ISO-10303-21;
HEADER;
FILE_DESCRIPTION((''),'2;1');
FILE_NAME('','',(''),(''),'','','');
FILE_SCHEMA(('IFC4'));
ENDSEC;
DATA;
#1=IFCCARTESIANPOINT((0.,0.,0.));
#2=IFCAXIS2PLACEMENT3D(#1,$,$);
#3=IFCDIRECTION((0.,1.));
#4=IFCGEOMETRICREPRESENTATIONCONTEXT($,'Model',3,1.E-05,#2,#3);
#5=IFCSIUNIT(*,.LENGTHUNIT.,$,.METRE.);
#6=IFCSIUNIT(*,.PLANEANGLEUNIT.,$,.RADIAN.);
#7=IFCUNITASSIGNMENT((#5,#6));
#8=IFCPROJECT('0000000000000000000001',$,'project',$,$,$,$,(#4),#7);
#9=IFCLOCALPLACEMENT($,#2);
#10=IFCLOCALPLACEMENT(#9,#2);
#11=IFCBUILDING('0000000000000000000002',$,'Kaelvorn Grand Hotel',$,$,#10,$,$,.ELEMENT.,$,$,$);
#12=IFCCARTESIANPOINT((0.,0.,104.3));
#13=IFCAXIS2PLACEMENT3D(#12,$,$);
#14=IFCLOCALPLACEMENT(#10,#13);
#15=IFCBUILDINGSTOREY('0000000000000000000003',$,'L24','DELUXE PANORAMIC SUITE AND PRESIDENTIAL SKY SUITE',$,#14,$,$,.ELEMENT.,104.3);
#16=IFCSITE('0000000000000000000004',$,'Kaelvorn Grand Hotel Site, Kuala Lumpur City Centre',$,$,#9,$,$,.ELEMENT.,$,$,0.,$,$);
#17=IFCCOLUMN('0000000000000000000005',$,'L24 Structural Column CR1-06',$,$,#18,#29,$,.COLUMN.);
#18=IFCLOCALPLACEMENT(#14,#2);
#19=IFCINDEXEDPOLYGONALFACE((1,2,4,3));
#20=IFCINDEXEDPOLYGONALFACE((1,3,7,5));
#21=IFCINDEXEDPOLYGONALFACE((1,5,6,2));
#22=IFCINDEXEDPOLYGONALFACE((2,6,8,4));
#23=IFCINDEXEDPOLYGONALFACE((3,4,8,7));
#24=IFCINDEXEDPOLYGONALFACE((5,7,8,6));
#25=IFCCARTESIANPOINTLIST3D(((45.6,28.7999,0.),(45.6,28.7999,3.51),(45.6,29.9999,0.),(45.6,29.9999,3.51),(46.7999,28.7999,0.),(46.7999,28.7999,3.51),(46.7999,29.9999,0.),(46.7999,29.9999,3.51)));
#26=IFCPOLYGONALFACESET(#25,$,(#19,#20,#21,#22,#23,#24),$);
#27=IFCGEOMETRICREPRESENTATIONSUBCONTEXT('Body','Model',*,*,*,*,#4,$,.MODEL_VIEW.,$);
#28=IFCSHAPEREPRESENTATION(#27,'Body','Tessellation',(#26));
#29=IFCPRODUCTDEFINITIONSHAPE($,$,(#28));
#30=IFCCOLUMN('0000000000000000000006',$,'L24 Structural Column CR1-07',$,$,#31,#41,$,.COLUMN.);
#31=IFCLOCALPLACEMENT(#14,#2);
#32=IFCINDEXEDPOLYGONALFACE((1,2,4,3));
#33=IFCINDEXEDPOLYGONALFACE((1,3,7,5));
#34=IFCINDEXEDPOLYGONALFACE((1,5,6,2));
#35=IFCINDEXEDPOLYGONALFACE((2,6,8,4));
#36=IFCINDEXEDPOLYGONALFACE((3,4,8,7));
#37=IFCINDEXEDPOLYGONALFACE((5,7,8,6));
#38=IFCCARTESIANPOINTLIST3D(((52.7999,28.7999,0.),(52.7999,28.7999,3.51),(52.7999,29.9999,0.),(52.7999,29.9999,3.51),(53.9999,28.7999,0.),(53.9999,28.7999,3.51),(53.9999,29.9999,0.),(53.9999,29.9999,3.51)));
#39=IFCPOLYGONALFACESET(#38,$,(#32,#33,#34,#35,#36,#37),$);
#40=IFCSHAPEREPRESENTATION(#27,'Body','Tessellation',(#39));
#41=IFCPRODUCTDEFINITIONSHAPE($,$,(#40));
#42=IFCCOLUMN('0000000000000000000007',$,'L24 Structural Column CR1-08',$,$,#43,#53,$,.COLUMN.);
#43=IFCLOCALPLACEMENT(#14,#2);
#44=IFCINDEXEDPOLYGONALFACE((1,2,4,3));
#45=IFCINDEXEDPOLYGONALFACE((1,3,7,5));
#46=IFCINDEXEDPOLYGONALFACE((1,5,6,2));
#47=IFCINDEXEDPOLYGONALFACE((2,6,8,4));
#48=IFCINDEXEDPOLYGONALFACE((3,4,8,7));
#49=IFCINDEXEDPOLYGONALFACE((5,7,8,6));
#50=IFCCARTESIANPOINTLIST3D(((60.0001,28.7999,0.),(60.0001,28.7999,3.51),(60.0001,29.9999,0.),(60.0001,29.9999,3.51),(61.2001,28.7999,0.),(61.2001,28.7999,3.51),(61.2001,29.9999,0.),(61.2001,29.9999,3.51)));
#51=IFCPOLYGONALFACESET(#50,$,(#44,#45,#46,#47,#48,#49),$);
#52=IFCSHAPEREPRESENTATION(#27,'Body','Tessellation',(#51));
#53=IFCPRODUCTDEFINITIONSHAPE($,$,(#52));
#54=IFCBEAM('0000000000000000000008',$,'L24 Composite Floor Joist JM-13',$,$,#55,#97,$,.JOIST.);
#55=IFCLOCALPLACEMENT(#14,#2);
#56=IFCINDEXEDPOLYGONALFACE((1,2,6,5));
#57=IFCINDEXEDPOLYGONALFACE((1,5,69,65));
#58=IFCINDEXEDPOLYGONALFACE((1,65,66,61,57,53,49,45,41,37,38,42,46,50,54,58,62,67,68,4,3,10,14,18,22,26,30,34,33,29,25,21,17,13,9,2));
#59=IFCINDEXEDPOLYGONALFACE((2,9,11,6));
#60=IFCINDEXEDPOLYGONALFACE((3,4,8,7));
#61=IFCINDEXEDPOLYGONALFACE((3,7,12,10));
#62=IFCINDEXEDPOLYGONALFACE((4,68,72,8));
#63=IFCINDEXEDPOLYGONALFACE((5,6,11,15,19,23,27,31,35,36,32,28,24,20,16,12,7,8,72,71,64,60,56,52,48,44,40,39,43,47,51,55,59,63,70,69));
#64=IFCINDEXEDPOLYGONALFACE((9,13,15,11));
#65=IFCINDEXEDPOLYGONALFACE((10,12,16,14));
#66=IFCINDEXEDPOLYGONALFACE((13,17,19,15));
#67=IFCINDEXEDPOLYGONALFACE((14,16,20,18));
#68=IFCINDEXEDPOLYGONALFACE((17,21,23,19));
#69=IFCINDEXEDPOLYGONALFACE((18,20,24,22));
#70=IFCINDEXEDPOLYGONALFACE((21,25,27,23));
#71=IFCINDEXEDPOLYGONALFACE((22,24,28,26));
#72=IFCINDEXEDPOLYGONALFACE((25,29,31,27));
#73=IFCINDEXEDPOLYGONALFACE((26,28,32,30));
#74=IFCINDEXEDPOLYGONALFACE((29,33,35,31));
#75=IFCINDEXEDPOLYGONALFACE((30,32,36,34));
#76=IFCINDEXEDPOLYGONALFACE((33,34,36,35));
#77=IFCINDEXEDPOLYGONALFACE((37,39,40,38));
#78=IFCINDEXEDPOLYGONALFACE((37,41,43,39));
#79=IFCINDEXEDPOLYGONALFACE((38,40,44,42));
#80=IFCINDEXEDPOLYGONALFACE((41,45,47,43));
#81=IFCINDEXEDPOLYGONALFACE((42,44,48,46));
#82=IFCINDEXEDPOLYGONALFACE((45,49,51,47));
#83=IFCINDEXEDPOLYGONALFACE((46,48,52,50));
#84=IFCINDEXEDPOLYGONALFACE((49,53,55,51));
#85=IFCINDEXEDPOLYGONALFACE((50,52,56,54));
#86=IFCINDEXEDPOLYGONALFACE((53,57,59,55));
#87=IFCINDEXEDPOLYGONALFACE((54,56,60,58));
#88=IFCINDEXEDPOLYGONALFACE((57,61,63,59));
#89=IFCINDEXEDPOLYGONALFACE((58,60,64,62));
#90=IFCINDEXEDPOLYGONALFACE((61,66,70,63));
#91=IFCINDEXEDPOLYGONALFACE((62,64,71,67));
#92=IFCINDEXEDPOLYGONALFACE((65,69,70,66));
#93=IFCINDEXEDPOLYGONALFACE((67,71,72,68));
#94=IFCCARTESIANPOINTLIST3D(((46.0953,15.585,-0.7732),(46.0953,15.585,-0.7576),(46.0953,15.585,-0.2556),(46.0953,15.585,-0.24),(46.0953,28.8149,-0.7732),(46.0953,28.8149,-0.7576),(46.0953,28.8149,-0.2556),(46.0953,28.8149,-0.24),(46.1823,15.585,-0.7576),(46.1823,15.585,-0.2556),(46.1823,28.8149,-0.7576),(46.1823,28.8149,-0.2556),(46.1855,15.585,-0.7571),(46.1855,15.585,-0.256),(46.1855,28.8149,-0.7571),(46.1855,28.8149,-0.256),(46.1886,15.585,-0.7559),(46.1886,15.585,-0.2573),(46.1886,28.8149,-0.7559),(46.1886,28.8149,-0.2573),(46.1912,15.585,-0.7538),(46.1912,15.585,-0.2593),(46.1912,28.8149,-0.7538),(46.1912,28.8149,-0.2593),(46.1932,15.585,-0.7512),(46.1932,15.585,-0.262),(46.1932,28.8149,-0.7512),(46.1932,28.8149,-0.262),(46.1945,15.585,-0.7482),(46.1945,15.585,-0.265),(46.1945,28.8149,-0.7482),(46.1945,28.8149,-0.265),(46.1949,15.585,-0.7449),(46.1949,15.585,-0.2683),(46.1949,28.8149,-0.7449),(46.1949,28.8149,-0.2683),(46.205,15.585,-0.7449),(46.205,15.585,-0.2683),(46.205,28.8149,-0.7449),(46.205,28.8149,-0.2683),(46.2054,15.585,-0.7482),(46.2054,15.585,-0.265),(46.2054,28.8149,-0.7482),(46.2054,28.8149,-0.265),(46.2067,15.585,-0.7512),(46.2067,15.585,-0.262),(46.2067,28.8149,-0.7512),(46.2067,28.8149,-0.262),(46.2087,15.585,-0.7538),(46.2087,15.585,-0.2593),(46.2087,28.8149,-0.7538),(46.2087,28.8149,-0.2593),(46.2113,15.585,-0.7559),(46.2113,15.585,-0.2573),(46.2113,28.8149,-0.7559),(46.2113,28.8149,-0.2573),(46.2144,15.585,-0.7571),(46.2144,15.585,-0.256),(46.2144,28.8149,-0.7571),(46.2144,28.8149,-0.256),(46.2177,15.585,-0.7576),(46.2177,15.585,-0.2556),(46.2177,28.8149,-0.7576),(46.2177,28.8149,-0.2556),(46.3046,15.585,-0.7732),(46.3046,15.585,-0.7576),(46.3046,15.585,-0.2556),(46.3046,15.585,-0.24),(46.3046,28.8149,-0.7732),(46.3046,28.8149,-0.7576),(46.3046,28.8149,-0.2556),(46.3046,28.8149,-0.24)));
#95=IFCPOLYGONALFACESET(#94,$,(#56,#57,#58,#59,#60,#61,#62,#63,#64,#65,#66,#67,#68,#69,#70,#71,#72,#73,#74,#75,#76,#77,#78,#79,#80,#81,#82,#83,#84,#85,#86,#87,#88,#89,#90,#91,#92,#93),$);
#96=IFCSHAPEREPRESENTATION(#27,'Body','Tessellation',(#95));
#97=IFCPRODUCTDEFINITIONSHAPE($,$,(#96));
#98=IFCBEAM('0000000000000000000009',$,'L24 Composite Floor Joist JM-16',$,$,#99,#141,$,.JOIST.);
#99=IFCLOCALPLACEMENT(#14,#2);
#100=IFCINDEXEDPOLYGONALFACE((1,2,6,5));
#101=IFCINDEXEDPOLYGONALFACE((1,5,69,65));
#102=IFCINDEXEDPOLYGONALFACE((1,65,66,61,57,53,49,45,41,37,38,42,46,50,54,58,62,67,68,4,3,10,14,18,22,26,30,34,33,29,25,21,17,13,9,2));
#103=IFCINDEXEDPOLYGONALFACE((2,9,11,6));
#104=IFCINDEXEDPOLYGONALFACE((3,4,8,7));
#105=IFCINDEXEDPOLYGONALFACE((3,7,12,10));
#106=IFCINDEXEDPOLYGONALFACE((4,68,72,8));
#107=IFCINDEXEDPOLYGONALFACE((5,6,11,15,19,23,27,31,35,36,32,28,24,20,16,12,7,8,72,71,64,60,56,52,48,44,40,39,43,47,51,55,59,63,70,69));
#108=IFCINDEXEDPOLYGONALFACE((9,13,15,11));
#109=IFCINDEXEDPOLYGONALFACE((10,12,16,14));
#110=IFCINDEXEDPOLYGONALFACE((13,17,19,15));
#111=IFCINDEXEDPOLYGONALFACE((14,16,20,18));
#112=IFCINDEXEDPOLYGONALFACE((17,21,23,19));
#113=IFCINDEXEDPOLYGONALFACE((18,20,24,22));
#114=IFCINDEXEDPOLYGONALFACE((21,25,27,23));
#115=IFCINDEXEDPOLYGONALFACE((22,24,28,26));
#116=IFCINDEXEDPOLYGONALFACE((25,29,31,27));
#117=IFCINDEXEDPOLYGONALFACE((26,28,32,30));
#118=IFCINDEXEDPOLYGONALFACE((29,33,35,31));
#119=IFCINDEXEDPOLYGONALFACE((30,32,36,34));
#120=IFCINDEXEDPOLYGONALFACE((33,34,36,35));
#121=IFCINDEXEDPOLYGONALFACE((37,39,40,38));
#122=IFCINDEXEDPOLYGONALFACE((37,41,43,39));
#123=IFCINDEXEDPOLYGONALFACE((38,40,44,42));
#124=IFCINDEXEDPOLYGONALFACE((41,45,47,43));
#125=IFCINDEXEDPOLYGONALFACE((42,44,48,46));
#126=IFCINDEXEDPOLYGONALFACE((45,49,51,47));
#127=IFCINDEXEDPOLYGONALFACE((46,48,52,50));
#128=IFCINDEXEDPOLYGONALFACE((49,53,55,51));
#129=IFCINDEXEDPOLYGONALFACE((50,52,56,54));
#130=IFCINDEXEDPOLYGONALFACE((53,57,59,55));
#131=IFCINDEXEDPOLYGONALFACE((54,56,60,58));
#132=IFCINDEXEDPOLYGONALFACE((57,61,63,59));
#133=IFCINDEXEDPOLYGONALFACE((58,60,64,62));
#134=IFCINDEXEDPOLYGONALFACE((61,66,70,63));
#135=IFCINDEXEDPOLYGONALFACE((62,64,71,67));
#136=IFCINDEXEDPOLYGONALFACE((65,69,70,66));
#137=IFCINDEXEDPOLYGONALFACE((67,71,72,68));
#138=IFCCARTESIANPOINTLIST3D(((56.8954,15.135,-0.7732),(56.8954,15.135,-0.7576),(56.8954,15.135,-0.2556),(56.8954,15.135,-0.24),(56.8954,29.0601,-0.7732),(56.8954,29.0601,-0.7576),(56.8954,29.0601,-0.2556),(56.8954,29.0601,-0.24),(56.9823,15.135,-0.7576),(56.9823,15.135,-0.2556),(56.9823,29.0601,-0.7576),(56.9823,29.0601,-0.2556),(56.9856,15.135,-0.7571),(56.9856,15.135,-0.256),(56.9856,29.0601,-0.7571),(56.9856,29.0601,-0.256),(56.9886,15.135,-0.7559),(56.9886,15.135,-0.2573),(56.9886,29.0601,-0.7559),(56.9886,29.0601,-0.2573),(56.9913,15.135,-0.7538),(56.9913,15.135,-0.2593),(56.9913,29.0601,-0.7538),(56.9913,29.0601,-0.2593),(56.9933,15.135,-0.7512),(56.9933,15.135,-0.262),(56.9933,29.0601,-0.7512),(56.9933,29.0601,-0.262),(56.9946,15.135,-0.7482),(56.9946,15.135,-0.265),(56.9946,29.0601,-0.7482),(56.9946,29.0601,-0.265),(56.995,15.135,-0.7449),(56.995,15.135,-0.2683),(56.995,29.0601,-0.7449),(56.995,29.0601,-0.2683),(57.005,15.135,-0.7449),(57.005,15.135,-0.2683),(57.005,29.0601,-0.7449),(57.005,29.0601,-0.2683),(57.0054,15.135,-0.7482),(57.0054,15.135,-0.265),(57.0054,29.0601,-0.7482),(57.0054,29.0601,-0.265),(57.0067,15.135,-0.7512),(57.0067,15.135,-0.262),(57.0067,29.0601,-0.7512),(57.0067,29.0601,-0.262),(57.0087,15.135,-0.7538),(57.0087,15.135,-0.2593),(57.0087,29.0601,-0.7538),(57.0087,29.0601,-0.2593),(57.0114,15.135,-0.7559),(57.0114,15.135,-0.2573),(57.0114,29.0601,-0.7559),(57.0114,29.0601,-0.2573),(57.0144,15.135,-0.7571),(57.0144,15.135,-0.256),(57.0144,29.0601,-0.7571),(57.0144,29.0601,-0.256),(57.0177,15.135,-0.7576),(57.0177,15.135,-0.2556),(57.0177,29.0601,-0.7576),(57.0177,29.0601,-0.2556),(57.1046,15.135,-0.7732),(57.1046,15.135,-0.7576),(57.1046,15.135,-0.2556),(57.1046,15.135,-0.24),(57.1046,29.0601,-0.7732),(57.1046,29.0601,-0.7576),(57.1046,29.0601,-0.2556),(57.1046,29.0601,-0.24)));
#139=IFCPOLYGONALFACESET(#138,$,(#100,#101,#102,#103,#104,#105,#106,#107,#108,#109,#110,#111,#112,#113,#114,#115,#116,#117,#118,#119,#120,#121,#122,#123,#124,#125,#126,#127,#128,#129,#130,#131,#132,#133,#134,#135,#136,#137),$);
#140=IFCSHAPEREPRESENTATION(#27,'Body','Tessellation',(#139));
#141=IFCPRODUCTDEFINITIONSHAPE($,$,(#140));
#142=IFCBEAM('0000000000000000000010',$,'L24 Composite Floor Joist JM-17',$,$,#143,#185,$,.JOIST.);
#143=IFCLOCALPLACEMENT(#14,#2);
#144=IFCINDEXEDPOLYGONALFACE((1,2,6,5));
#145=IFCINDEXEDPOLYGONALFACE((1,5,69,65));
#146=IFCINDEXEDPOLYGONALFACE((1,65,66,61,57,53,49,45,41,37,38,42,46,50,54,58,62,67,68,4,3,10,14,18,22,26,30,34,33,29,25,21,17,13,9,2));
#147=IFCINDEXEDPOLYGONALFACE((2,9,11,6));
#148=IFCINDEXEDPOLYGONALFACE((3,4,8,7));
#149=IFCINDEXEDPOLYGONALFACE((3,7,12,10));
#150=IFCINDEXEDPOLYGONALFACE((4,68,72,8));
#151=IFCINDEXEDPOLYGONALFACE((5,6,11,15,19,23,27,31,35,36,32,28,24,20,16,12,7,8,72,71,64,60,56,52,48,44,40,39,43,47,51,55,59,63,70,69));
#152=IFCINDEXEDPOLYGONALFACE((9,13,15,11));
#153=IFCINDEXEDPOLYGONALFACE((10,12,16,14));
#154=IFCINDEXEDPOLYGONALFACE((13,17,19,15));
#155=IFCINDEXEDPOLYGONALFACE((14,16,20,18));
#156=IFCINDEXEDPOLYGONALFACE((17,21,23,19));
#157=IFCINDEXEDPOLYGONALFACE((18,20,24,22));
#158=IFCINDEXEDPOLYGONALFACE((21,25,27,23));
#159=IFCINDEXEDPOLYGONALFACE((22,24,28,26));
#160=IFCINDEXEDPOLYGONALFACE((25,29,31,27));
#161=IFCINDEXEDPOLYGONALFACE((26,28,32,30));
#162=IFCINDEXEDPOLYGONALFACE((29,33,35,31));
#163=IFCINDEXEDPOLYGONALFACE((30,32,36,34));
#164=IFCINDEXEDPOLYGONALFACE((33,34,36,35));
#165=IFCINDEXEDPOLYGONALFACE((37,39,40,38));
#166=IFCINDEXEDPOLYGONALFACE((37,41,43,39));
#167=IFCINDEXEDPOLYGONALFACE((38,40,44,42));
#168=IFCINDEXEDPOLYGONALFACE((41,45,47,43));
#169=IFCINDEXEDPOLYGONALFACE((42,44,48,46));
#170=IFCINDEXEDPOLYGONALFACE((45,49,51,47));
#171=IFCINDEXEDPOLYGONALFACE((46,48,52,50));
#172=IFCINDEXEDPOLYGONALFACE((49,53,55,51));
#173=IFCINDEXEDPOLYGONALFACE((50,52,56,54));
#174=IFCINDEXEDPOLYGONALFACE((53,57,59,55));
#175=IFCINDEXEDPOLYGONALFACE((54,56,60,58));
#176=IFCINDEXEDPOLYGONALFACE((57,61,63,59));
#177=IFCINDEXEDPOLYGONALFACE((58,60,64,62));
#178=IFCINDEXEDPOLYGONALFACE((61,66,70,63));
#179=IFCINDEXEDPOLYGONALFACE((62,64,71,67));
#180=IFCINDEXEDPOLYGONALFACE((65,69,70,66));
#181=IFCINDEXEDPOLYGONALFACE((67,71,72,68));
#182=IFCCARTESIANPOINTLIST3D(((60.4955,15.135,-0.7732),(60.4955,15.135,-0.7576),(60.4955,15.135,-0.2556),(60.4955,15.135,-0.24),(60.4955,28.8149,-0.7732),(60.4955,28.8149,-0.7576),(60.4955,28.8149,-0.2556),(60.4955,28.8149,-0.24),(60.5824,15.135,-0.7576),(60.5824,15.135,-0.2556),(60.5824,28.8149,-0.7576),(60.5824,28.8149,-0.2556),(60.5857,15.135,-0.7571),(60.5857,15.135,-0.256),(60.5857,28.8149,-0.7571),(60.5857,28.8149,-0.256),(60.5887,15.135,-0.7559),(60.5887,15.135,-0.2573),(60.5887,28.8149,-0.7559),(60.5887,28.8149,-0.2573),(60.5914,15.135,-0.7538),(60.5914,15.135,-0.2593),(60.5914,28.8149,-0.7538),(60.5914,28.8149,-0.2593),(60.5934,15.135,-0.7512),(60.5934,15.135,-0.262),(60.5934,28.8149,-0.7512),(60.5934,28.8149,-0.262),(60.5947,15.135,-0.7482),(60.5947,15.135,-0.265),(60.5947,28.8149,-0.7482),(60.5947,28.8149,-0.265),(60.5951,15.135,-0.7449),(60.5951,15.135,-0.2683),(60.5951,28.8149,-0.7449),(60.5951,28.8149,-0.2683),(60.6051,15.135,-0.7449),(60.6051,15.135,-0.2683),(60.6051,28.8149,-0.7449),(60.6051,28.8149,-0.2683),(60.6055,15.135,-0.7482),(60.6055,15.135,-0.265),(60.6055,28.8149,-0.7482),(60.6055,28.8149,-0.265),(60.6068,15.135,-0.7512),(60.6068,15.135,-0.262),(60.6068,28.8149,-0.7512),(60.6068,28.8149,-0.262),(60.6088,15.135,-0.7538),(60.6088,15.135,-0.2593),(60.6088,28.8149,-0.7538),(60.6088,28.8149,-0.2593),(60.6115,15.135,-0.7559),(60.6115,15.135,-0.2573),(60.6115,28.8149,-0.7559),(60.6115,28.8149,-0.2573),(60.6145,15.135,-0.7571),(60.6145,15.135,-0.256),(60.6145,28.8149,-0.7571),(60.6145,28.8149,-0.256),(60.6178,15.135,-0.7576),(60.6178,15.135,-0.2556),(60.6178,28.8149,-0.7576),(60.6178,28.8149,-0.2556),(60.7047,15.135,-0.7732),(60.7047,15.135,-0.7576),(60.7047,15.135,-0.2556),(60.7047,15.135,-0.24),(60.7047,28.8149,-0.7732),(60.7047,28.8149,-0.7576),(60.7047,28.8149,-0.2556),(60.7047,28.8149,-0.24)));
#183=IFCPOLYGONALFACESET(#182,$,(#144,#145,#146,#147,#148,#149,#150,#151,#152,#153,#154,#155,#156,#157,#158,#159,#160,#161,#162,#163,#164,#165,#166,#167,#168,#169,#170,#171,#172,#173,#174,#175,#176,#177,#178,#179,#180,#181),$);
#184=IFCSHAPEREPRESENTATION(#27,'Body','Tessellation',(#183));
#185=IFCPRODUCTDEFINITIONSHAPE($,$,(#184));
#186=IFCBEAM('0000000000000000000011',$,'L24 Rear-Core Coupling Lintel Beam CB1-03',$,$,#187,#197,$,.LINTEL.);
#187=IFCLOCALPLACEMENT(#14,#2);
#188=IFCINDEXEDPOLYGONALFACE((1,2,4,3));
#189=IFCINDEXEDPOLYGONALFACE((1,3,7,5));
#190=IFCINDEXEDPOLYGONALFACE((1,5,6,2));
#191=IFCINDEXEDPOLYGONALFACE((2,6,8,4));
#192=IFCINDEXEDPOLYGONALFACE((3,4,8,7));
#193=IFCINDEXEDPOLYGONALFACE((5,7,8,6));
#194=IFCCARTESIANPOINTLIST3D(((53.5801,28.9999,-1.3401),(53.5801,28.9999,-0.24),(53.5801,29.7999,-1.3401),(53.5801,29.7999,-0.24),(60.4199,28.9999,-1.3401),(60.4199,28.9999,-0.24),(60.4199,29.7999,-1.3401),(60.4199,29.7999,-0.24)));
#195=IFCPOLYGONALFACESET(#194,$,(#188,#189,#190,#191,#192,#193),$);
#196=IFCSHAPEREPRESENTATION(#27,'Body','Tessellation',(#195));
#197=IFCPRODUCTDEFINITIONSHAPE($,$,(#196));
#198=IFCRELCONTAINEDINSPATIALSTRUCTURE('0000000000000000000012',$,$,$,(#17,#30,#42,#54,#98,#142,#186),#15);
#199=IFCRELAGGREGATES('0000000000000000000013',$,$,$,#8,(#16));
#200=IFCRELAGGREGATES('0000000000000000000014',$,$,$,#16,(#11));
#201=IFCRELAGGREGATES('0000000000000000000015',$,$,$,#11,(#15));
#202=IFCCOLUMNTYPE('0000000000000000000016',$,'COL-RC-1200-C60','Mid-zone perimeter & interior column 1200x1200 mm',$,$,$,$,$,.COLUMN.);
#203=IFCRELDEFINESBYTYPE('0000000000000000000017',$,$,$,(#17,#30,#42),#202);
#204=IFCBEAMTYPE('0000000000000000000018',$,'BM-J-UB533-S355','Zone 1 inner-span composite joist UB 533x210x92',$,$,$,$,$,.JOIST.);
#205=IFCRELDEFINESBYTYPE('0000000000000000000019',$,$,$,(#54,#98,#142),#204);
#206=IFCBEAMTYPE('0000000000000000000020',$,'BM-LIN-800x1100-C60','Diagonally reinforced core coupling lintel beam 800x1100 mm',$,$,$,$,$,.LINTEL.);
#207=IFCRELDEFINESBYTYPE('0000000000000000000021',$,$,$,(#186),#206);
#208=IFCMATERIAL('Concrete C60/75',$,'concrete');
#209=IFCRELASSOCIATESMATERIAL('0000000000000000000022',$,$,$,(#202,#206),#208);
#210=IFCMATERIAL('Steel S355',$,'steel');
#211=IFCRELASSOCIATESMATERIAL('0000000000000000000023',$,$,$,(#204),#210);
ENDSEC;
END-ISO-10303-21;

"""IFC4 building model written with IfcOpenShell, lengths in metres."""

from ifc_helpers import new_model, si_unit, direction, frame, origin, origin_2d, place, context, subcontext, project, spatial, rectangle, i_section, extrude, material, material_profile, profile_set, type_object, element, save


model = new_model("IFC4")

# Units and contexts
model_context = context("Model", 3, precision=1e-05, world=origin(), true_north=direction((0.0, 1.0)))
body_context = subcontext(model_context, "Body", "Model", "MODEL_VIEW")
ifc_project = project(units=[si_unit("LENGTHUNIT", "METRE"), si_unit("PLANEANGLEUNIT", "RADIAN")], contexts=[model_context])

# Site, building, storey
site_placement = place(None, origin())
site = spatial("IfcSite", under=ifc_project, at=site_placement, Name="Kaelvorn Grand Hotel Site, Kuala Lumpur City Centre", CompositionType="ELEMENT", RefElevation=0.0)
building_placement = place(site_placement, origin())
building = spatial("IfcBuilding", under=site, at=building_placement, Name="Kaelvorn Grand Hotel", CompositionType="ELEMENT")
storey_placement = place(building_placement, frame((0.0, 0.0, 104.3)))
storey = spatial("IfcBuildingStorey", under=building, at=storey_placement, Name="L24", Description="DELUXE PANORAMIC SUITE AND PRESIDENTIAL SKY SUITE", CompositionType="ELEMENT", Elevation=104.3)

# Columns
ifc_material_1 = material(Name="Concrete C60/75", Category="concrete")
ifc_material_profile_1 = material_profile(ifc_material_1, rectangle(XDim=1.2, YDim=1.2, at=origin_2d()), Name="RC COL 1200x1200")
ifc_profile_set_1 = profile_set([ifc_material_profile_1], Name="Concrete C60/75")
column_type = type_object("IfcColumnType", Name="COL-RC-1200-C60", Description="Mid-zone perimeter & interior column 1200x1200 mm", PredefinedType="COLUMN", material=ifc_profile_set_1)
for number, where, z_axis, x_axis, name in (
    (1, (46.2, 29.3999, 0.0), (0.0, 0.0, 1.0), (1.0, 0.0, 0.0), "L24 Structural Column CR1-06"),
    (2, (53.3999, 29.3999, 0.0), (0.0, 0.0, 1.0), (1.0, 0.0, 0.0), "L24 Structural Column CR1-07"),
    (3, (60.6001, 29.3999, 0.0), (0.0, 0.0, 1.0), (1.0, 0.0, 0.0), "L24 Structural Column CR1-08"),
):
    element("IfcColumn", number, at=place(storey_placement, frame(where, z_axis=z_axis, x_axis=x_axis)), inside=storey, type_object=column_type, Name=name, PredefinedType="COLUMN", context=body_context, shape_type="SweptSolid", body=[
        extrude(rectangle(XDim=1.2, YDim=1.2, at=origin_2d()), origin(), (0.0, 0.0, 1.0), 3.51),
    ])

# Beams
ifc_material_2 = material(Name="Steel S355", Category="steel")
ifc_material_profile_2 = material_profile(ifc_material_2, i_section(OverallWidth=0.2092, OverallDepth=0.5332, WebThickness=0.01, FlangeThickness=0.0156, FilletRadius=0.0127, at=origin_2d()), Name="UB 533x210x92")
ifc_profile_set_2 = profile_set([ifc_material_profile_2], Name="Steel S355")
beam_type_1 = type_object("IfcBeamType", Name="BM-J-UB533-S355", Description="Zone 1 inner-span composite joist UB 533x210x92", PredefinedType="JOIST", material=ifc_profile_set_2)
beam_1_placement = place(storey_placement, frame((46.2, 15.585, -0.5066), z_axis=(0.0, 1.0, 0.0), x_axis=(-1.0, 0.0, 0.0)))
element("IfcBeam", 4, at=beam_1_placement, inside=storey, type_object=beam_type_1, Name="L24 Composite Floor Joist JM-13", PredefinedType="JOIST", context=body_context, shape_type="SweptSolid", body=[
    extrude(i_section(OverallWidth=0.2092, OverallDepth=0.5332, WebThickness=0.01, FlangeThickness=0.0156, FilletRadius=0.0127, at=origin_2d()), origin(), (0.0, 0.0, 1.0), 13.23),
])
beam_2_placement = place(storey_placement, frame((57.0, 15.135, -0.5066), z_axis=(0.0, 1.0, 0.0), x_axis=(-1.0, 0.0, 0.0)))
element("IfcBeam", 5, at=beam_2_placement, inside=storey, type_object=beam_type_1, Name="L24 Composite Floor Joist JM-16", PredefinedType="JOIST", context=body_context, shape_type="SweptSolid", body=[
    extrude(i_section(OverallWidth=0.2092, OverallDepth=0.5332, WebThickness=0.01, FlangeThickness=0.0156, FilletRadius=0.0127, at=origin_2d()), origin(), (0.0, 0.0, 1.0), 13.925),
])
beam_3_placement = place(storey_placement, frame((60.6001, 15.135, -0.5066), z_axis=(0.0, 1.0, 0.0), x_axis=(-1.0, 0.0, 0.0)))
element("IfcBeam", 6, at=beam_3_placement, inside=storey, type_object=beam_type_1, Name="L24 Composite Floor Joist JM-17", PredefinedType="JOIST", context=body_context, shape_type="SweptSolid", body=[
    extrude(i_section(OverallWidth=0.2092, OverallDepth=0.5332, WebThickness=0.01, FlangeThickness=0.0156, FilletRadius=0.0127, at=origin_2d()), origin(), (0.0, 0.0, 1.0), 13.6799),
])
ifc_material_profile_3 = material_profile(ifc_material_1, rectangle(XDim=0.8, YDim=1.1001, at=origin_2d()), Name="RC LINTEL 800x1100")
ifc_profile_set_3 = profile_set([ifc_material_profile_3], Name="Concrete C60/75")
beam_type_2 = type_object("IfcBeamType", Name="BM-LIN-800x1100-C60", Description="Diagonally reinforced core coupling lintel beam 800x1100 mm", PredefinedType="LINTEL", material=ifc_profile_set_3)
beam_4_placement = place(storey_placement, frame((53.5801, 29.3999, -0.79), z_axis=(1.0, 0.0, 0.0), x_axis=(0.0, 1.0, 0.0)))
element("IfcBeam", 7, at=beam_4_placement, inside=storey, type_object=beam_type_2, Name="L24 Rear-Core Coupling Lintel Beam CB1-03", PredefinedType="LINTEL", context=body_context, shape_type="SweptSolid", body=[
    extrude(rectangle(XDim=0.8, YDim=1.1001, at=origin_2d()), origin(), (0.0, 0.0, 1.0), 6.8398),
])

save(model, "model.ifc")
